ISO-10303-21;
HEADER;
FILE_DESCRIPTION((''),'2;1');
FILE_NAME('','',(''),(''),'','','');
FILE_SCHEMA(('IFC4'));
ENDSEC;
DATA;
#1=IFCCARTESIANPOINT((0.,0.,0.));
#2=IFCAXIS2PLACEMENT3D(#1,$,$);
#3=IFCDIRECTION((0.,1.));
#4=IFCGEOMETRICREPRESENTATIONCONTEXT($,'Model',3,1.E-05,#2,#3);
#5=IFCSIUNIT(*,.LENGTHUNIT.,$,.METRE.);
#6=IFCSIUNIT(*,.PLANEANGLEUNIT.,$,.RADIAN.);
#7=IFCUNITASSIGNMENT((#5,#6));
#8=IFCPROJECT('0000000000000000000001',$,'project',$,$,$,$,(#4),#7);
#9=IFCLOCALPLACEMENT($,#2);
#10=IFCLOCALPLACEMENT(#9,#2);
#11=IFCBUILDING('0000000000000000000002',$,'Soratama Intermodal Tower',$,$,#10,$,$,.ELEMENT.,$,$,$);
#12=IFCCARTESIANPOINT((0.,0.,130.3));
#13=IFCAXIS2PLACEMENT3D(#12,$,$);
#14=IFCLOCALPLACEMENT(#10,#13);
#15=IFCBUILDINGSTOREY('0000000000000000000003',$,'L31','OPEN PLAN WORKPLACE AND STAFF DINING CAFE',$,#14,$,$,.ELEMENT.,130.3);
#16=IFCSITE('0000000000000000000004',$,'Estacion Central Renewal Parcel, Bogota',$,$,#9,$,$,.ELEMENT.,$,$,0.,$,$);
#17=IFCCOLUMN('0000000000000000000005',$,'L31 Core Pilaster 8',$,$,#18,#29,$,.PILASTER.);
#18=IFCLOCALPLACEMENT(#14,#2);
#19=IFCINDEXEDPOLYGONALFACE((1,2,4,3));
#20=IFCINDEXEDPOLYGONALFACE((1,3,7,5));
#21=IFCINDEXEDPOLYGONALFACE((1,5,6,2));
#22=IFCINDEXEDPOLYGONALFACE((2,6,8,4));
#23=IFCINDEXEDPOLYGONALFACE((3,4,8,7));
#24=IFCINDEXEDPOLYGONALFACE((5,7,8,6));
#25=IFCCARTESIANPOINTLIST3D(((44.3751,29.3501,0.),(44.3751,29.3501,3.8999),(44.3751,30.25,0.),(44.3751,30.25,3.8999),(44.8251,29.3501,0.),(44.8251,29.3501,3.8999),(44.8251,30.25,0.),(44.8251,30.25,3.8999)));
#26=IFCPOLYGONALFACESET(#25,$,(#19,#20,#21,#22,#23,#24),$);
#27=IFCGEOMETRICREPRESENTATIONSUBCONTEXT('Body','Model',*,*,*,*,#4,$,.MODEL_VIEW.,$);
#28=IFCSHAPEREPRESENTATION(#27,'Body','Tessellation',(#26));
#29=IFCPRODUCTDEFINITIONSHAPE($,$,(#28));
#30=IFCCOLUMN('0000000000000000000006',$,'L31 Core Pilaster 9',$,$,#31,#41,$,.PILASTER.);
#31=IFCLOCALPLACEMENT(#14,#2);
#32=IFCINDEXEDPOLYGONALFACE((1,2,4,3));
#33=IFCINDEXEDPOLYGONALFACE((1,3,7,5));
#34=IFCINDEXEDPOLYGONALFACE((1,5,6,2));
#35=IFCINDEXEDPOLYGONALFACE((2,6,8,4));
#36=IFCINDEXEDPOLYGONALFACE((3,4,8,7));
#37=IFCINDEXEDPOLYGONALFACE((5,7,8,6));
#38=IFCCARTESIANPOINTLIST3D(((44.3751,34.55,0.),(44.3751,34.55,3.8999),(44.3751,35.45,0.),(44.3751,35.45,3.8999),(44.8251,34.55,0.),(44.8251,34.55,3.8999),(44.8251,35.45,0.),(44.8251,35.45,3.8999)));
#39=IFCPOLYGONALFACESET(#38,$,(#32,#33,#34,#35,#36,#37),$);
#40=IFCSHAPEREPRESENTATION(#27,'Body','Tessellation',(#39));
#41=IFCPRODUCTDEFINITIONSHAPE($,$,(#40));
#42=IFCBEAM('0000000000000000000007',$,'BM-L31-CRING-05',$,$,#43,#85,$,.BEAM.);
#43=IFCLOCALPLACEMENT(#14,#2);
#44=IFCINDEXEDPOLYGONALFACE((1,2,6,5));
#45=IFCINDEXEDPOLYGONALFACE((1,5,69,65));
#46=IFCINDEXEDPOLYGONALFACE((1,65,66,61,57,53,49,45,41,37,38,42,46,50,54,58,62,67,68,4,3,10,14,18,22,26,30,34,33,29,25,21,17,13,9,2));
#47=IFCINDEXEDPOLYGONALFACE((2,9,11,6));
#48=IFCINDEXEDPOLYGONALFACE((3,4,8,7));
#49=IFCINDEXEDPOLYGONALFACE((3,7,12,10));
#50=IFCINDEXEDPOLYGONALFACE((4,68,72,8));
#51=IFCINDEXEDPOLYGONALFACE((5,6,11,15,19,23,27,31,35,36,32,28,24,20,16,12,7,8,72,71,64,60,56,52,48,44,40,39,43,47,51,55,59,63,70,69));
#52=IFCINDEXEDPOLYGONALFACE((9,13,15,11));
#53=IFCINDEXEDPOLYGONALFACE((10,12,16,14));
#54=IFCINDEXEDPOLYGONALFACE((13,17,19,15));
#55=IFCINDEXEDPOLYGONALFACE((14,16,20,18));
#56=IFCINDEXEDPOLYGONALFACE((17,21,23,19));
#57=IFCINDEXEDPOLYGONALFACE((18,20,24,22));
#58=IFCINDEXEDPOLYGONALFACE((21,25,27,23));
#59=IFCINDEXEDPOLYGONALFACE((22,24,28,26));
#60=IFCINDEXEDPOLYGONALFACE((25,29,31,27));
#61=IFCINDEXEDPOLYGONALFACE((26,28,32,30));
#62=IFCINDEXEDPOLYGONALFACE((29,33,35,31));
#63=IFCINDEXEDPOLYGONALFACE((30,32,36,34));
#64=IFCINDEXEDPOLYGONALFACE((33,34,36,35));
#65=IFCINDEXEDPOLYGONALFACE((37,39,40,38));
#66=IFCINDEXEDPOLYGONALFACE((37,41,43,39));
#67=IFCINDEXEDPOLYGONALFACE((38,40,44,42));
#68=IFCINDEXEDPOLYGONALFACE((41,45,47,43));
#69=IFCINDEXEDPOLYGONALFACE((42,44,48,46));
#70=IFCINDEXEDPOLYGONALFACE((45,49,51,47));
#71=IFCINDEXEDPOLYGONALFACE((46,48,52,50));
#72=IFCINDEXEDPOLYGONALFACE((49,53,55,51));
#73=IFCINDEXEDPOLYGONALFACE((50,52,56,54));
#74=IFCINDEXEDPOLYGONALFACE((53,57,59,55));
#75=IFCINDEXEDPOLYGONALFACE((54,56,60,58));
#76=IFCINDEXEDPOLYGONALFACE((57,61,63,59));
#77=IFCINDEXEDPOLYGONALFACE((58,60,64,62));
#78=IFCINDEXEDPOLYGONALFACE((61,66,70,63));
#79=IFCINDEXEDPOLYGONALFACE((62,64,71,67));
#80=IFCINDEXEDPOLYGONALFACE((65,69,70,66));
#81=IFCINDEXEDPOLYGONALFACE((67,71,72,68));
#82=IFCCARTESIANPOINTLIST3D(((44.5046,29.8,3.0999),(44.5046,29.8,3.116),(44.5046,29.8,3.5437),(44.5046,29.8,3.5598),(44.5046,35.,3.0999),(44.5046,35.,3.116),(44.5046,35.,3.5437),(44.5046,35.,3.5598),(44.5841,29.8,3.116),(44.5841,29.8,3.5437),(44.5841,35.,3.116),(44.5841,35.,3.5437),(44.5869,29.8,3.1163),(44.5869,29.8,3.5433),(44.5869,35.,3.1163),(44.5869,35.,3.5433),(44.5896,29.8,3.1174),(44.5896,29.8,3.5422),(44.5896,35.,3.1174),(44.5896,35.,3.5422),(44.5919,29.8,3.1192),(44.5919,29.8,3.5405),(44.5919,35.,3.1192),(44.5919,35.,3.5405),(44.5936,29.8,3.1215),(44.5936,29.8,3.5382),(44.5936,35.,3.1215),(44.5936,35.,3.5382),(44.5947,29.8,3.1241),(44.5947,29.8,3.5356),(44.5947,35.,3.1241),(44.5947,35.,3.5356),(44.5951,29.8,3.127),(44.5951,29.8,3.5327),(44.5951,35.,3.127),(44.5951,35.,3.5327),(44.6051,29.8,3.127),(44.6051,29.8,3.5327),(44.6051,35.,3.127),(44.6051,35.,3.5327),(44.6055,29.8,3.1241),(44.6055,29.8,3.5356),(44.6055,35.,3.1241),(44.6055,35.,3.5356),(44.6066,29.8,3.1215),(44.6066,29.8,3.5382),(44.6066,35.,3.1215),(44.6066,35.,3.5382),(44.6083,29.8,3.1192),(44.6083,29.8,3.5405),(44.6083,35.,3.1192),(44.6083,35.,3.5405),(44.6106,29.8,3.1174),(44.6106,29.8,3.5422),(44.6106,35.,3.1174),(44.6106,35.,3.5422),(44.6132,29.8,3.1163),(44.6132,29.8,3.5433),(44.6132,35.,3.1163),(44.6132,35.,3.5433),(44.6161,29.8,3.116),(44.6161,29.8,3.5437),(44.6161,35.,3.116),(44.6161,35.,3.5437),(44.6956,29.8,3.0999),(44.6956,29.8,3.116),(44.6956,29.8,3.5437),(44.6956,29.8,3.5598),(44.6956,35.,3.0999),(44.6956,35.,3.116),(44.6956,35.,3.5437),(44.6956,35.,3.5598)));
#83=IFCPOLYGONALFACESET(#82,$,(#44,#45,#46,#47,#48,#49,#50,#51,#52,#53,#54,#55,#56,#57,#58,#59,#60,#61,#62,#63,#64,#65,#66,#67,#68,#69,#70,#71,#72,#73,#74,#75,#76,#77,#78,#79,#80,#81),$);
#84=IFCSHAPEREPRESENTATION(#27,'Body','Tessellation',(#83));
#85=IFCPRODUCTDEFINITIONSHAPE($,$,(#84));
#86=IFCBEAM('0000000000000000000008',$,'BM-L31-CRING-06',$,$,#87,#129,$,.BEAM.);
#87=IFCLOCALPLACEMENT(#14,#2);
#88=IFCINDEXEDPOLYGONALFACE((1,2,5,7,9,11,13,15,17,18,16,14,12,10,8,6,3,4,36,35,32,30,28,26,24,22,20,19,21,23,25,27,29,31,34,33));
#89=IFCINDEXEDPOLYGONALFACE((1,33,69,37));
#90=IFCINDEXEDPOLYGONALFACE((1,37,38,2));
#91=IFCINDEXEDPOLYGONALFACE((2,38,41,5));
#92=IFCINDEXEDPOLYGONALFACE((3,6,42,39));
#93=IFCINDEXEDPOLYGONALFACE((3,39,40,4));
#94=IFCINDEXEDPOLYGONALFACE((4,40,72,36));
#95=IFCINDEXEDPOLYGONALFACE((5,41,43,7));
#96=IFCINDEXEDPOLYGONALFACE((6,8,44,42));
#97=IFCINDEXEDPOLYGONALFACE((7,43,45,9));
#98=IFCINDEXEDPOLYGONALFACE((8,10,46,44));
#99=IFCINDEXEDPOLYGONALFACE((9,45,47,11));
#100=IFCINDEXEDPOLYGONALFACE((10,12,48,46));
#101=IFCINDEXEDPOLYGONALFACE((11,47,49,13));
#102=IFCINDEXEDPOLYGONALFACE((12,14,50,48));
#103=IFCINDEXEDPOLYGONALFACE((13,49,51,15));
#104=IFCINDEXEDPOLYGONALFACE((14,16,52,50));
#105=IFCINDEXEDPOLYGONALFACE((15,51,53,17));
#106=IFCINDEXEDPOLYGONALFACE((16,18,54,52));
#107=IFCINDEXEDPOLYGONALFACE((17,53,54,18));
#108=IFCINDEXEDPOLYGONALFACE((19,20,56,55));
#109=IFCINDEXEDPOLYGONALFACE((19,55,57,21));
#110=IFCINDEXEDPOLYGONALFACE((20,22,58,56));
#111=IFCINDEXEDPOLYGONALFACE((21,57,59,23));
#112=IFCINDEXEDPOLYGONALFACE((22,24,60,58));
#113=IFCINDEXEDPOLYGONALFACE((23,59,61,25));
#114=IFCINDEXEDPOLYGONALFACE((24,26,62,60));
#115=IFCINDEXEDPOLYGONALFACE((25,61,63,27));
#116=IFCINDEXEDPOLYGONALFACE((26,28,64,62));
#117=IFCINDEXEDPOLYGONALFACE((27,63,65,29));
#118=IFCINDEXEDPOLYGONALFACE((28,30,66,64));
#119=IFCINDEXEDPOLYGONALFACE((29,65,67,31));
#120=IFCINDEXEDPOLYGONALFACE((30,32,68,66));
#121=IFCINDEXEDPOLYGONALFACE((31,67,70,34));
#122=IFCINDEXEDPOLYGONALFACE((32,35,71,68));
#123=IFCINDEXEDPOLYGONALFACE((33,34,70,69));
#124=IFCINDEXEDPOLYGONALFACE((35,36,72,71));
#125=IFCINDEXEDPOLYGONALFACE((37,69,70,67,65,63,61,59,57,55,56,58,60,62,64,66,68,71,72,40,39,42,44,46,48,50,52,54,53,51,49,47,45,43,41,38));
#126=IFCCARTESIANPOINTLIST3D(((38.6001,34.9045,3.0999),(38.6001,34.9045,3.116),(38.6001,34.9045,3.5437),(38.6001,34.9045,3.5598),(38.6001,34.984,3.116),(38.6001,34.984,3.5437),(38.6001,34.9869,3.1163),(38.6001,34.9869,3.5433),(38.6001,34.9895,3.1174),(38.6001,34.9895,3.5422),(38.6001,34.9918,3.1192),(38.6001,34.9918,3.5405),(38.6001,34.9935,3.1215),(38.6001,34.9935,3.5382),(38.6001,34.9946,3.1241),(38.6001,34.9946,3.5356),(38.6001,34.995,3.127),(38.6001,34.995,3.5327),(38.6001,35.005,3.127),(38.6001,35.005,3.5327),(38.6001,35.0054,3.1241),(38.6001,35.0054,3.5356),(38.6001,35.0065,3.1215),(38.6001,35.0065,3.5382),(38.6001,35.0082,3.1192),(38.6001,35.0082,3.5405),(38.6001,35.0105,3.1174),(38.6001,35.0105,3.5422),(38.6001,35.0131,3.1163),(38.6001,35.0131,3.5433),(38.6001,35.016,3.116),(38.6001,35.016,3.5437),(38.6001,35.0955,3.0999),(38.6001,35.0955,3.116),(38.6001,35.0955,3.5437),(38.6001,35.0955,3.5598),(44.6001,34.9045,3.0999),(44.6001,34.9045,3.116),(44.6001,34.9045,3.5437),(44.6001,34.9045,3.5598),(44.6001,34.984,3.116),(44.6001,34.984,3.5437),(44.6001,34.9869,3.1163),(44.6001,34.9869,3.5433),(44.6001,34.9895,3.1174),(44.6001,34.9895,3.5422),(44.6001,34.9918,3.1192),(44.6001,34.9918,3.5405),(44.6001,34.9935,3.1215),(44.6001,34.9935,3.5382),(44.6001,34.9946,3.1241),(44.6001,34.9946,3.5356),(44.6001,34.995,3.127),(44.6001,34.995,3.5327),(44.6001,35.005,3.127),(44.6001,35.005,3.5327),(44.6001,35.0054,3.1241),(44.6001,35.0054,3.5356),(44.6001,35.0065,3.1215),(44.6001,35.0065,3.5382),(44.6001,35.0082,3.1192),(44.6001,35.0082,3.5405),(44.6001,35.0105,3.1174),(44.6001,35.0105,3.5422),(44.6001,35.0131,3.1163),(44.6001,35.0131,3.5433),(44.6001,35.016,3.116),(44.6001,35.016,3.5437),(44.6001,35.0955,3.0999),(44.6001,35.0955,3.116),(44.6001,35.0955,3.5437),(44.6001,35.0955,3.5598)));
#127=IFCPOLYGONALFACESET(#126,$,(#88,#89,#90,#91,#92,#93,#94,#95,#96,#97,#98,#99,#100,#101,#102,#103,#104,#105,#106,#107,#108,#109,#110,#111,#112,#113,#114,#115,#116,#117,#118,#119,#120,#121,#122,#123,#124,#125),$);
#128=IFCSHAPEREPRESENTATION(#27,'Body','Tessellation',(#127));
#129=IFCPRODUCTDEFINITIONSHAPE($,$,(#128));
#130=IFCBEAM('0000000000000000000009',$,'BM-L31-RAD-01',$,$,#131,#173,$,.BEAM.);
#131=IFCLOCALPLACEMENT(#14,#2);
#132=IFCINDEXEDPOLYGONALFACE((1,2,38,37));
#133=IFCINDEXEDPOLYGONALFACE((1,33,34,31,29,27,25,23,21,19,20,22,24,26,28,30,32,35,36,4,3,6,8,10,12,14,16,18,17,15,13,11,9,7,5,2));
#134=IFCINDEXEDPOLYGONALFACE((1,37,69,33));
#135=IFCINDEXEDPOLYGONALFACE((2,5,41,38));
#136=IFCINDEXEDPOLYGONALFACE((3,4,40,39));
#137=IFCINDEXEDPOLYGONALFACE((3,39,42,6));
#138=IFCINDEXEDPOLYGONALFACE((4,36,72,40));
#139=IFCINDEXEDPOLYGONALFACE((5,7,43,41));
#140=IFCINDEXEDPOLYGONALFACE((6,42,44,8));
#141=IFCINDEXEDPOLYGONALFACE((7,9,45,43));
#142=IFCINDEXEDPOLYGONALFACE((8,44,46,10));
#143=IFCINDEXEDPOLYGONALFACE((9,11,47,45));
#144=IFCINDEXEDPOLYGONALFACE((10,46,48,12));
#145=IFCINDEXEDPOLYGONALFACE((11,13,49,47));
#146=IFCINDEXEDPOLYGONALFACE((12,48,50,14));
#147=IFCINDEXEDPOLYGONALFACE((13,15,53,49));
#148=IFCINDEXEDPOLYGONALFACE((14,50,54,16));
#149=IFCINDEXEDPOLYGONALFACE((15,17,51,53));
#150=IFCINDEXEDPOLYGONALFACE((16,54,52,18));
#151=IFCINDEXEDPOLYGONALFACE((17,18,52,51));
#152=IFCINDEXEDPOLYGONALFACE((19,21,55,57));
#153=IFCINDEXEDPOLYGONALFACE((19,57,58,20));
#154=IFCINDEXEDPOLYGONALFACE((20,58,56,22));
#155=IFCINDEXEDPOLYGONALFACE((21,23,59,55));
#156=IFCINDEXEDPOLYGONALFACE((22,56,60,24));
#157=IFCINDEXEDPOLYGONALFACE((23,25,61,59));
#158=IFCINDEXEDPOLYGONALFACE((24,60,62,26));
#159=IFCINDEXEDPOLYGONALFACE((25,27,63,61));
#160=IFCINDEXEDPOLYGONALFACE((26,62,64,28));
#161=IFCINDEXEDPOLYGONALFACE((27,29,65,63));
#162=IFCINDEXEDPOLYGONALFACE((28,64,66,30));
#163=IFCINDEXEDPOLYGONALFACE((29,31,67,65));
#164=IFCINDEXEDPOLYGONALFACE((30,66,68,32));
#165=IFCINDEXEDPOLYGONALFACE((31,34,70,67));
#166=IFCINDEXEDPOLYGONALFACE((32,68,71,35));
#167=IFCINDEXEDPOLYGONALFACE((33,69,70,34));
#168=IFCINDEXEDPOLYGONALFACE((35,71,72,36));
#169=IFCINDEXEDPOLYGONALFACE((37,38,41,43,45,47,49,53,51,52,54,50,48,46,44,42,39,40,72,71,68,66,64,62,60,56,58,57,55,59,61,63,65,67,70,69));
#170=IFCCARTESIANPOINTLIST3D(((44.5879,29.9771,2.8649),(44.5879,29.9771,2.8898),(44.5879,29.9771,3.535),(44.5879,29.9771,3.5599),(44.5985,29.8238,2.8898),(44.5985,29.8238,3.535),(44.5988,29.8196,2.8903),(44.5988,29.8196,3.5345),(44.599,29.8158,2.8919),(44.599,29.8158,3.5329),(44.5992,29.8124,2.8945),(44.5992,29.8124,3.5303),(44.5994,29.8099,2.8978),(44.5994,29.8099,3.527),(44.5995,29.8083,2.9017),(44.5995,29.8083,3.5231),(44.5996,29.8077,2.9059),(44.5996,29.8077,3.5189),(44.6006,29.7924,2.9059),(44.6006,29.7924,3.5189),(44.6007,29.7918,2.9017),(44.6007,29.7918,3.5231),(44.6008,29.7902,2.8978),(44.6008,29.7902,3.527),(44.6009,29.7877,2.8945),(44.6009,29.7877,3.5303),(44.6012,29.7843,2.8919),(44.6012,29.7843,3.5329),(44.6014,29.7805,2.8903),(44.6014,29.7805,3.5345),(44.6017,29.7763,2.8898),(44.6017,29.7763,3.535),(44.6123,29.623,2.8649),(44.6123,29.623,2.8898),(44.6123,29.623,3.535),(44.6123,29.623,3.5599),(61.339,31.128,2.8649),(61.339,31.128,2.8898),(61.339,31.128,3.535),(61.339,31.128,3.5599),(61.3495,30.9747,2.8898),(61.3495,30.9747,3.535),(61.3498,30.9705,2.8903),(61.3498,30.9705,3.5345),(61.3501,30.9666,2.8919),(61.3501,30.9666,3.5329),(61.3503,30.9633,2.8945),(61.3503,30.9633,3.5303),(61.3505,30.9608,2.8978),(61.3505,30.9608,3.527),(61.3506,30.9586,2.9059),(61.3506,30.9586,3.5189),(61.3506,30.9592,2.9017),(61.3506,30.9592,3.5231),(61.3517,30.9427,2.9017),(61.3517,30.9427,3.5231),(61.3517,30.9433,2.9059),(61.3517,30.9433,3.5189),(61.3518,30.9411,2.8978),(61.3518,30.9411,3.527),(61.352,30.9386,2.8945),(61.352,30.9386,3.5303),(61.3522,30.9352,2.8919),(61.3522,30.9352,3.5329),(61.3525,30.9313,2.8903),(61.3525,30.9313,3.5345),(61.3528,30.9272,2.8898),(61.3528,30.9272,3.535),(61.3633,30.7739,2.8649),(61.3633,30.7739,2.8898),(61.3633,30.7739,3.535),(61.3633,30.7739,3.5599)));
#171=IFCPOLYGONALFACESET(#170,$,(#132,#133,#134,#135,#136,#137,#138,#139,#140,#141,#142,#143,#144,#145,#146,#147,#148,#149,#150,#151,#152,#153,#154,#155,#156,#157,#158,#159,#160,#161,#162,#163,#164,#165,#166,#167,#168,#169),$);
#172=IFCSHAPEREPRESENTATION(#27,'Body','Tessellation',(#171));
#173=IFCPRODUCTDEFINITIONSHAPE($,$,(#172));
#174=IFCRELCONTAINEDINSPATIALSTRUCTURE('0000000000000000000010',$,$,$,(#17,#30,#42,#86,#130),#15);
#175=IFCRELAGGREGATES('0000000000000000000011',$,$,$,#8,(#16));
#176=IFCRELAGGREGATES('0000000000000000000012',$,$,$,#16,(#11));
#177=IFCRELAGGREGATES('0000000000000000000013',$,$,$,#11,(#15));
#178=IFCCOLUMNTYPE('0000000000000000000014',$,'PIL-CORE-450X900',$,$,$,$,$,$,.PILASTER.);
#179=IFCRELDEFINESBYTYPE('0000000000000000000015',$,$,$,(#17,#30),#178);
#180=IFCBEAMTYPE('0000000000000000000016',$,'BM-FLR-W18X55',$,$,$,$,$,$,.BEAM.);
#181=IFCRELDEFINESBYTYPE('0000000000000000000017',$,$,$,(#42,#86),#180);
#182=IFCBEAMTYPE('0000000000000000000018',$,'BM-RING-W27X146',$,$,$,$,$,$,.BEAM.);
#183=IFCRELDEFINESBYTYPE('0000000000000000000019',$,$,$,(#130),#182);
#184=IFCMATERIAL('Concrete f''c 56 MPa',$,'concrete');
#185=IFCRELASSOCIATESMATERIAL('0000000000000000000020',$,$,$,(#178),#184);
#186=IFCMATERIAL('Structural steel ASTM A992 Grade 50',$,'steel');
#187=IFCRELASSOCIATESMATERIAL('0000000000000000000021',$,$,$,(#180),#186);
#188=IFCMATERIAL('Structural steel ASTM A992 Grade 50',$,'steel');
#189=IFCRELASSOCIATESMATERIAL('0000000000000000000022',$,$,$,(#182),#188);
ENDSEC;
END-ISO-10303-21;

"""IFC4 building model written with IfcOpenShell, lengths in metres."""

from ifc_helpers import new_model, si_unit, direction, frame, origin, origin_2d, place, context, subcontext, project, spatial, rectangle, i_section, extrude, material, material_profile, profile_set, type_object, element, save


model = new_model("IFC4")

# Units and contexts
model_context = context("Model", 3, precision=1e-05, world=origin(), true_north=direction((0.0, 1.0)))
body_context = subcontext(model_context, "Body", "Model", "MODEL_VIEW")
ifc_project = project(units=[si_unit("LENGTHUNIT", "METRE"), si_unit("PLANEANGLEUNIT", "RADIAN")], contexts=[model_context])

# Site, building, storey
site_placement = place(None, origin())
site = spatial("IfcSite", under=ifc_project, at=site_placement, Name="Estacion Central Renewal Parcel, Bogota", CompositionType="ELEMENT", RefElevation=0.0)
building_placement = place(site_placement, origin())
building = spatial("IfcBuilding", under=site, at=building_placement, Name="Soratama Intermodal Tower", CompositionType="ELEMENT")
storey_placement = place(building_placement, frame((0.0, 0.0, 130.3)))
storey = spatial("IfcBuildingStorey", under=building, at=storey_placement, Name="L31", Description="OPEN PLAN WORKPLACE AND STAFF DINING CAFE", CompositionType="ELEMENT", Elevation=130.3)

# Columns
ifc_material_1 = material(Name="Concrete f'c 56 MPa", Category="concrete")
ifc_material_profile_1 = material_profile(ifc_material_1, rectangle(XDim=0.45, YDim=0.8999, at=origin_2d()), Name="RC450X900")
ifc_profile_set_1 = profile_set([ifc_material_profile_1], Name="Concrete f'c 56 MPa")
column_type = type_object("IfcColumnType", Name="PIL-CORE-450X900", PredefinedType="PILASTER", material=ifc_profile_set_1)
for number, where, z_axis, x_axis, name in (
    (1, (44.6001, 29.8, 0.0), (0.0, 0.0, 1.0), (1.0, 0.0, 0.0), "L31 Core Pilaster 8"),
    (2, (44.6001, 35.0, 0.0), (0.0, 0.0, 1.0), (1.0, 0.0, 0.0), "L31 Core Pilaster 9"),
):
    element("IfcColumn", number, at=place(storey_placement, frame(where, z_axis=z_axis, x_axis=x_axis)), inside=storey, type_object=column_type, Name=name, PredefinedType="PILASTER", context=body_context, shape_type="SweptSolid", body=[
        extrude(rectangle(XDim=0.45, YDim=0.8999, at=origin_2d()), origin(), (0.0, 0.0, 1.0), 3.8999),
    ])

# Beams
ifc_material_2 = material(Name="Structural steel ASTM A992 Grade 50", Category="steel")
ifc_material_profile_2 = material_profile(ifc_material_2, i_section(OverallWidth=0.1909, OverallDepth=0.46, WebThickness=0.01, FlangeThickness=0.0161, FilletRadius=0.011, at=origin_2d()), Name="W18X55")
ifc_profile_set_2 = profile_set([ifc_material_profile_2], Name="Structural steel ASTM A992 Grade 50")
beam_type_1 = type_object("IfcBeamType", Name="BM-FLR-W18X55", PredefinedType="BEAM", material=ifc_profile_set_2)
beam_1_placement = place(storey_placement, frame((44.6001, 29.8, 3.3298), z_axis=(0.0, 1.0, 0.0), x_axis=(-1.0, 0.0, 0.0)))
element("IfcBeam", 3, at=beam_1_placement, inside=storey, type_object=beam_type_1, Name="BM-L31-CRING-05", PredefinedType="BEAM", context=body_context, shape_type="SweptSolid", body=[
    extrude(i_section(OverallWidth=0.1909, OverallDepth=0.46, WebThickness=0.01, FlangeThickness=0.0161, FilletRadius=0.011, at=origin_2d()), origin(), (0.0, 0.0, 1.0), 5.2),
])
beam_2_placement = place(storey_placement, frame((44.6001, 35.0, 3.3298), z_axis=(-1.0, 0.0, 0.0), x_axis=(0.0, -1.0, 0.0)))
element("IfcBeam", 4, at=beam_2_placement, inside=storey, type_object=beam_type_1, Name="BM-L31-CRING-06", PredefinedType="BEAM", context=body_context, shape_type="SweptSolid", body=[
    extrude(i_section(OverallWidth=0.1909, OverallDepth=0.46, WebThickness=0.01, FlangeThickness=0.0161, FilletRadius=0.011, at=origin_2d()), origin(), (0.0, 0.0, 1.0), 6.0),
])
ifc_material_3 = material(Name="Structural steel ASTM A992 Grade 50", Category="steel")
ifc_material_profile_3 = material_profile(ifc_material_3, i_section(OverallWidth=0.355, OverallDepth=0.6951, WebThickness=0.0154, FlangeThickness=0.0249, FilletRadius=0.0161, at=origin_2d()), Name="W27X146")
ifc_profile_set_3 = profile_set([ifc_material_profile_3], Name="Structural steel ASTM A992 Grade 50")
beam_type_2 = type_object("IfcBeamType", Name="BM-RING-W27X146", PredefinedType="BEAM", material=ifc_profile_set_3)
beam_3_placement = place(storey_placement, frame((44.6001, 29.8, 3.2124), z_axis=(0.997648, 0.068544, 0.0), x_axis=(-0.068544, 0.997648, 0.0)))
element("IfcBeam", 5, at=beam_3_placement, inside=storey, type_object=beam_type_2, Name="BM-L31-RAD-01", PredefinedType="BEAM", context=body_context, shape_type="SweptSolid", body=[
    extrude(i_section(OverallWidth=0.355, OverallDepth=0.6951, WebThickness=0.0154, FlangeThickness=0.0249, FilletRadius=0.0161, at=origin_2d()), origin(), (0.0, 0.0, 1.0), 16.7905),
])

save(model, "model.ifc")
